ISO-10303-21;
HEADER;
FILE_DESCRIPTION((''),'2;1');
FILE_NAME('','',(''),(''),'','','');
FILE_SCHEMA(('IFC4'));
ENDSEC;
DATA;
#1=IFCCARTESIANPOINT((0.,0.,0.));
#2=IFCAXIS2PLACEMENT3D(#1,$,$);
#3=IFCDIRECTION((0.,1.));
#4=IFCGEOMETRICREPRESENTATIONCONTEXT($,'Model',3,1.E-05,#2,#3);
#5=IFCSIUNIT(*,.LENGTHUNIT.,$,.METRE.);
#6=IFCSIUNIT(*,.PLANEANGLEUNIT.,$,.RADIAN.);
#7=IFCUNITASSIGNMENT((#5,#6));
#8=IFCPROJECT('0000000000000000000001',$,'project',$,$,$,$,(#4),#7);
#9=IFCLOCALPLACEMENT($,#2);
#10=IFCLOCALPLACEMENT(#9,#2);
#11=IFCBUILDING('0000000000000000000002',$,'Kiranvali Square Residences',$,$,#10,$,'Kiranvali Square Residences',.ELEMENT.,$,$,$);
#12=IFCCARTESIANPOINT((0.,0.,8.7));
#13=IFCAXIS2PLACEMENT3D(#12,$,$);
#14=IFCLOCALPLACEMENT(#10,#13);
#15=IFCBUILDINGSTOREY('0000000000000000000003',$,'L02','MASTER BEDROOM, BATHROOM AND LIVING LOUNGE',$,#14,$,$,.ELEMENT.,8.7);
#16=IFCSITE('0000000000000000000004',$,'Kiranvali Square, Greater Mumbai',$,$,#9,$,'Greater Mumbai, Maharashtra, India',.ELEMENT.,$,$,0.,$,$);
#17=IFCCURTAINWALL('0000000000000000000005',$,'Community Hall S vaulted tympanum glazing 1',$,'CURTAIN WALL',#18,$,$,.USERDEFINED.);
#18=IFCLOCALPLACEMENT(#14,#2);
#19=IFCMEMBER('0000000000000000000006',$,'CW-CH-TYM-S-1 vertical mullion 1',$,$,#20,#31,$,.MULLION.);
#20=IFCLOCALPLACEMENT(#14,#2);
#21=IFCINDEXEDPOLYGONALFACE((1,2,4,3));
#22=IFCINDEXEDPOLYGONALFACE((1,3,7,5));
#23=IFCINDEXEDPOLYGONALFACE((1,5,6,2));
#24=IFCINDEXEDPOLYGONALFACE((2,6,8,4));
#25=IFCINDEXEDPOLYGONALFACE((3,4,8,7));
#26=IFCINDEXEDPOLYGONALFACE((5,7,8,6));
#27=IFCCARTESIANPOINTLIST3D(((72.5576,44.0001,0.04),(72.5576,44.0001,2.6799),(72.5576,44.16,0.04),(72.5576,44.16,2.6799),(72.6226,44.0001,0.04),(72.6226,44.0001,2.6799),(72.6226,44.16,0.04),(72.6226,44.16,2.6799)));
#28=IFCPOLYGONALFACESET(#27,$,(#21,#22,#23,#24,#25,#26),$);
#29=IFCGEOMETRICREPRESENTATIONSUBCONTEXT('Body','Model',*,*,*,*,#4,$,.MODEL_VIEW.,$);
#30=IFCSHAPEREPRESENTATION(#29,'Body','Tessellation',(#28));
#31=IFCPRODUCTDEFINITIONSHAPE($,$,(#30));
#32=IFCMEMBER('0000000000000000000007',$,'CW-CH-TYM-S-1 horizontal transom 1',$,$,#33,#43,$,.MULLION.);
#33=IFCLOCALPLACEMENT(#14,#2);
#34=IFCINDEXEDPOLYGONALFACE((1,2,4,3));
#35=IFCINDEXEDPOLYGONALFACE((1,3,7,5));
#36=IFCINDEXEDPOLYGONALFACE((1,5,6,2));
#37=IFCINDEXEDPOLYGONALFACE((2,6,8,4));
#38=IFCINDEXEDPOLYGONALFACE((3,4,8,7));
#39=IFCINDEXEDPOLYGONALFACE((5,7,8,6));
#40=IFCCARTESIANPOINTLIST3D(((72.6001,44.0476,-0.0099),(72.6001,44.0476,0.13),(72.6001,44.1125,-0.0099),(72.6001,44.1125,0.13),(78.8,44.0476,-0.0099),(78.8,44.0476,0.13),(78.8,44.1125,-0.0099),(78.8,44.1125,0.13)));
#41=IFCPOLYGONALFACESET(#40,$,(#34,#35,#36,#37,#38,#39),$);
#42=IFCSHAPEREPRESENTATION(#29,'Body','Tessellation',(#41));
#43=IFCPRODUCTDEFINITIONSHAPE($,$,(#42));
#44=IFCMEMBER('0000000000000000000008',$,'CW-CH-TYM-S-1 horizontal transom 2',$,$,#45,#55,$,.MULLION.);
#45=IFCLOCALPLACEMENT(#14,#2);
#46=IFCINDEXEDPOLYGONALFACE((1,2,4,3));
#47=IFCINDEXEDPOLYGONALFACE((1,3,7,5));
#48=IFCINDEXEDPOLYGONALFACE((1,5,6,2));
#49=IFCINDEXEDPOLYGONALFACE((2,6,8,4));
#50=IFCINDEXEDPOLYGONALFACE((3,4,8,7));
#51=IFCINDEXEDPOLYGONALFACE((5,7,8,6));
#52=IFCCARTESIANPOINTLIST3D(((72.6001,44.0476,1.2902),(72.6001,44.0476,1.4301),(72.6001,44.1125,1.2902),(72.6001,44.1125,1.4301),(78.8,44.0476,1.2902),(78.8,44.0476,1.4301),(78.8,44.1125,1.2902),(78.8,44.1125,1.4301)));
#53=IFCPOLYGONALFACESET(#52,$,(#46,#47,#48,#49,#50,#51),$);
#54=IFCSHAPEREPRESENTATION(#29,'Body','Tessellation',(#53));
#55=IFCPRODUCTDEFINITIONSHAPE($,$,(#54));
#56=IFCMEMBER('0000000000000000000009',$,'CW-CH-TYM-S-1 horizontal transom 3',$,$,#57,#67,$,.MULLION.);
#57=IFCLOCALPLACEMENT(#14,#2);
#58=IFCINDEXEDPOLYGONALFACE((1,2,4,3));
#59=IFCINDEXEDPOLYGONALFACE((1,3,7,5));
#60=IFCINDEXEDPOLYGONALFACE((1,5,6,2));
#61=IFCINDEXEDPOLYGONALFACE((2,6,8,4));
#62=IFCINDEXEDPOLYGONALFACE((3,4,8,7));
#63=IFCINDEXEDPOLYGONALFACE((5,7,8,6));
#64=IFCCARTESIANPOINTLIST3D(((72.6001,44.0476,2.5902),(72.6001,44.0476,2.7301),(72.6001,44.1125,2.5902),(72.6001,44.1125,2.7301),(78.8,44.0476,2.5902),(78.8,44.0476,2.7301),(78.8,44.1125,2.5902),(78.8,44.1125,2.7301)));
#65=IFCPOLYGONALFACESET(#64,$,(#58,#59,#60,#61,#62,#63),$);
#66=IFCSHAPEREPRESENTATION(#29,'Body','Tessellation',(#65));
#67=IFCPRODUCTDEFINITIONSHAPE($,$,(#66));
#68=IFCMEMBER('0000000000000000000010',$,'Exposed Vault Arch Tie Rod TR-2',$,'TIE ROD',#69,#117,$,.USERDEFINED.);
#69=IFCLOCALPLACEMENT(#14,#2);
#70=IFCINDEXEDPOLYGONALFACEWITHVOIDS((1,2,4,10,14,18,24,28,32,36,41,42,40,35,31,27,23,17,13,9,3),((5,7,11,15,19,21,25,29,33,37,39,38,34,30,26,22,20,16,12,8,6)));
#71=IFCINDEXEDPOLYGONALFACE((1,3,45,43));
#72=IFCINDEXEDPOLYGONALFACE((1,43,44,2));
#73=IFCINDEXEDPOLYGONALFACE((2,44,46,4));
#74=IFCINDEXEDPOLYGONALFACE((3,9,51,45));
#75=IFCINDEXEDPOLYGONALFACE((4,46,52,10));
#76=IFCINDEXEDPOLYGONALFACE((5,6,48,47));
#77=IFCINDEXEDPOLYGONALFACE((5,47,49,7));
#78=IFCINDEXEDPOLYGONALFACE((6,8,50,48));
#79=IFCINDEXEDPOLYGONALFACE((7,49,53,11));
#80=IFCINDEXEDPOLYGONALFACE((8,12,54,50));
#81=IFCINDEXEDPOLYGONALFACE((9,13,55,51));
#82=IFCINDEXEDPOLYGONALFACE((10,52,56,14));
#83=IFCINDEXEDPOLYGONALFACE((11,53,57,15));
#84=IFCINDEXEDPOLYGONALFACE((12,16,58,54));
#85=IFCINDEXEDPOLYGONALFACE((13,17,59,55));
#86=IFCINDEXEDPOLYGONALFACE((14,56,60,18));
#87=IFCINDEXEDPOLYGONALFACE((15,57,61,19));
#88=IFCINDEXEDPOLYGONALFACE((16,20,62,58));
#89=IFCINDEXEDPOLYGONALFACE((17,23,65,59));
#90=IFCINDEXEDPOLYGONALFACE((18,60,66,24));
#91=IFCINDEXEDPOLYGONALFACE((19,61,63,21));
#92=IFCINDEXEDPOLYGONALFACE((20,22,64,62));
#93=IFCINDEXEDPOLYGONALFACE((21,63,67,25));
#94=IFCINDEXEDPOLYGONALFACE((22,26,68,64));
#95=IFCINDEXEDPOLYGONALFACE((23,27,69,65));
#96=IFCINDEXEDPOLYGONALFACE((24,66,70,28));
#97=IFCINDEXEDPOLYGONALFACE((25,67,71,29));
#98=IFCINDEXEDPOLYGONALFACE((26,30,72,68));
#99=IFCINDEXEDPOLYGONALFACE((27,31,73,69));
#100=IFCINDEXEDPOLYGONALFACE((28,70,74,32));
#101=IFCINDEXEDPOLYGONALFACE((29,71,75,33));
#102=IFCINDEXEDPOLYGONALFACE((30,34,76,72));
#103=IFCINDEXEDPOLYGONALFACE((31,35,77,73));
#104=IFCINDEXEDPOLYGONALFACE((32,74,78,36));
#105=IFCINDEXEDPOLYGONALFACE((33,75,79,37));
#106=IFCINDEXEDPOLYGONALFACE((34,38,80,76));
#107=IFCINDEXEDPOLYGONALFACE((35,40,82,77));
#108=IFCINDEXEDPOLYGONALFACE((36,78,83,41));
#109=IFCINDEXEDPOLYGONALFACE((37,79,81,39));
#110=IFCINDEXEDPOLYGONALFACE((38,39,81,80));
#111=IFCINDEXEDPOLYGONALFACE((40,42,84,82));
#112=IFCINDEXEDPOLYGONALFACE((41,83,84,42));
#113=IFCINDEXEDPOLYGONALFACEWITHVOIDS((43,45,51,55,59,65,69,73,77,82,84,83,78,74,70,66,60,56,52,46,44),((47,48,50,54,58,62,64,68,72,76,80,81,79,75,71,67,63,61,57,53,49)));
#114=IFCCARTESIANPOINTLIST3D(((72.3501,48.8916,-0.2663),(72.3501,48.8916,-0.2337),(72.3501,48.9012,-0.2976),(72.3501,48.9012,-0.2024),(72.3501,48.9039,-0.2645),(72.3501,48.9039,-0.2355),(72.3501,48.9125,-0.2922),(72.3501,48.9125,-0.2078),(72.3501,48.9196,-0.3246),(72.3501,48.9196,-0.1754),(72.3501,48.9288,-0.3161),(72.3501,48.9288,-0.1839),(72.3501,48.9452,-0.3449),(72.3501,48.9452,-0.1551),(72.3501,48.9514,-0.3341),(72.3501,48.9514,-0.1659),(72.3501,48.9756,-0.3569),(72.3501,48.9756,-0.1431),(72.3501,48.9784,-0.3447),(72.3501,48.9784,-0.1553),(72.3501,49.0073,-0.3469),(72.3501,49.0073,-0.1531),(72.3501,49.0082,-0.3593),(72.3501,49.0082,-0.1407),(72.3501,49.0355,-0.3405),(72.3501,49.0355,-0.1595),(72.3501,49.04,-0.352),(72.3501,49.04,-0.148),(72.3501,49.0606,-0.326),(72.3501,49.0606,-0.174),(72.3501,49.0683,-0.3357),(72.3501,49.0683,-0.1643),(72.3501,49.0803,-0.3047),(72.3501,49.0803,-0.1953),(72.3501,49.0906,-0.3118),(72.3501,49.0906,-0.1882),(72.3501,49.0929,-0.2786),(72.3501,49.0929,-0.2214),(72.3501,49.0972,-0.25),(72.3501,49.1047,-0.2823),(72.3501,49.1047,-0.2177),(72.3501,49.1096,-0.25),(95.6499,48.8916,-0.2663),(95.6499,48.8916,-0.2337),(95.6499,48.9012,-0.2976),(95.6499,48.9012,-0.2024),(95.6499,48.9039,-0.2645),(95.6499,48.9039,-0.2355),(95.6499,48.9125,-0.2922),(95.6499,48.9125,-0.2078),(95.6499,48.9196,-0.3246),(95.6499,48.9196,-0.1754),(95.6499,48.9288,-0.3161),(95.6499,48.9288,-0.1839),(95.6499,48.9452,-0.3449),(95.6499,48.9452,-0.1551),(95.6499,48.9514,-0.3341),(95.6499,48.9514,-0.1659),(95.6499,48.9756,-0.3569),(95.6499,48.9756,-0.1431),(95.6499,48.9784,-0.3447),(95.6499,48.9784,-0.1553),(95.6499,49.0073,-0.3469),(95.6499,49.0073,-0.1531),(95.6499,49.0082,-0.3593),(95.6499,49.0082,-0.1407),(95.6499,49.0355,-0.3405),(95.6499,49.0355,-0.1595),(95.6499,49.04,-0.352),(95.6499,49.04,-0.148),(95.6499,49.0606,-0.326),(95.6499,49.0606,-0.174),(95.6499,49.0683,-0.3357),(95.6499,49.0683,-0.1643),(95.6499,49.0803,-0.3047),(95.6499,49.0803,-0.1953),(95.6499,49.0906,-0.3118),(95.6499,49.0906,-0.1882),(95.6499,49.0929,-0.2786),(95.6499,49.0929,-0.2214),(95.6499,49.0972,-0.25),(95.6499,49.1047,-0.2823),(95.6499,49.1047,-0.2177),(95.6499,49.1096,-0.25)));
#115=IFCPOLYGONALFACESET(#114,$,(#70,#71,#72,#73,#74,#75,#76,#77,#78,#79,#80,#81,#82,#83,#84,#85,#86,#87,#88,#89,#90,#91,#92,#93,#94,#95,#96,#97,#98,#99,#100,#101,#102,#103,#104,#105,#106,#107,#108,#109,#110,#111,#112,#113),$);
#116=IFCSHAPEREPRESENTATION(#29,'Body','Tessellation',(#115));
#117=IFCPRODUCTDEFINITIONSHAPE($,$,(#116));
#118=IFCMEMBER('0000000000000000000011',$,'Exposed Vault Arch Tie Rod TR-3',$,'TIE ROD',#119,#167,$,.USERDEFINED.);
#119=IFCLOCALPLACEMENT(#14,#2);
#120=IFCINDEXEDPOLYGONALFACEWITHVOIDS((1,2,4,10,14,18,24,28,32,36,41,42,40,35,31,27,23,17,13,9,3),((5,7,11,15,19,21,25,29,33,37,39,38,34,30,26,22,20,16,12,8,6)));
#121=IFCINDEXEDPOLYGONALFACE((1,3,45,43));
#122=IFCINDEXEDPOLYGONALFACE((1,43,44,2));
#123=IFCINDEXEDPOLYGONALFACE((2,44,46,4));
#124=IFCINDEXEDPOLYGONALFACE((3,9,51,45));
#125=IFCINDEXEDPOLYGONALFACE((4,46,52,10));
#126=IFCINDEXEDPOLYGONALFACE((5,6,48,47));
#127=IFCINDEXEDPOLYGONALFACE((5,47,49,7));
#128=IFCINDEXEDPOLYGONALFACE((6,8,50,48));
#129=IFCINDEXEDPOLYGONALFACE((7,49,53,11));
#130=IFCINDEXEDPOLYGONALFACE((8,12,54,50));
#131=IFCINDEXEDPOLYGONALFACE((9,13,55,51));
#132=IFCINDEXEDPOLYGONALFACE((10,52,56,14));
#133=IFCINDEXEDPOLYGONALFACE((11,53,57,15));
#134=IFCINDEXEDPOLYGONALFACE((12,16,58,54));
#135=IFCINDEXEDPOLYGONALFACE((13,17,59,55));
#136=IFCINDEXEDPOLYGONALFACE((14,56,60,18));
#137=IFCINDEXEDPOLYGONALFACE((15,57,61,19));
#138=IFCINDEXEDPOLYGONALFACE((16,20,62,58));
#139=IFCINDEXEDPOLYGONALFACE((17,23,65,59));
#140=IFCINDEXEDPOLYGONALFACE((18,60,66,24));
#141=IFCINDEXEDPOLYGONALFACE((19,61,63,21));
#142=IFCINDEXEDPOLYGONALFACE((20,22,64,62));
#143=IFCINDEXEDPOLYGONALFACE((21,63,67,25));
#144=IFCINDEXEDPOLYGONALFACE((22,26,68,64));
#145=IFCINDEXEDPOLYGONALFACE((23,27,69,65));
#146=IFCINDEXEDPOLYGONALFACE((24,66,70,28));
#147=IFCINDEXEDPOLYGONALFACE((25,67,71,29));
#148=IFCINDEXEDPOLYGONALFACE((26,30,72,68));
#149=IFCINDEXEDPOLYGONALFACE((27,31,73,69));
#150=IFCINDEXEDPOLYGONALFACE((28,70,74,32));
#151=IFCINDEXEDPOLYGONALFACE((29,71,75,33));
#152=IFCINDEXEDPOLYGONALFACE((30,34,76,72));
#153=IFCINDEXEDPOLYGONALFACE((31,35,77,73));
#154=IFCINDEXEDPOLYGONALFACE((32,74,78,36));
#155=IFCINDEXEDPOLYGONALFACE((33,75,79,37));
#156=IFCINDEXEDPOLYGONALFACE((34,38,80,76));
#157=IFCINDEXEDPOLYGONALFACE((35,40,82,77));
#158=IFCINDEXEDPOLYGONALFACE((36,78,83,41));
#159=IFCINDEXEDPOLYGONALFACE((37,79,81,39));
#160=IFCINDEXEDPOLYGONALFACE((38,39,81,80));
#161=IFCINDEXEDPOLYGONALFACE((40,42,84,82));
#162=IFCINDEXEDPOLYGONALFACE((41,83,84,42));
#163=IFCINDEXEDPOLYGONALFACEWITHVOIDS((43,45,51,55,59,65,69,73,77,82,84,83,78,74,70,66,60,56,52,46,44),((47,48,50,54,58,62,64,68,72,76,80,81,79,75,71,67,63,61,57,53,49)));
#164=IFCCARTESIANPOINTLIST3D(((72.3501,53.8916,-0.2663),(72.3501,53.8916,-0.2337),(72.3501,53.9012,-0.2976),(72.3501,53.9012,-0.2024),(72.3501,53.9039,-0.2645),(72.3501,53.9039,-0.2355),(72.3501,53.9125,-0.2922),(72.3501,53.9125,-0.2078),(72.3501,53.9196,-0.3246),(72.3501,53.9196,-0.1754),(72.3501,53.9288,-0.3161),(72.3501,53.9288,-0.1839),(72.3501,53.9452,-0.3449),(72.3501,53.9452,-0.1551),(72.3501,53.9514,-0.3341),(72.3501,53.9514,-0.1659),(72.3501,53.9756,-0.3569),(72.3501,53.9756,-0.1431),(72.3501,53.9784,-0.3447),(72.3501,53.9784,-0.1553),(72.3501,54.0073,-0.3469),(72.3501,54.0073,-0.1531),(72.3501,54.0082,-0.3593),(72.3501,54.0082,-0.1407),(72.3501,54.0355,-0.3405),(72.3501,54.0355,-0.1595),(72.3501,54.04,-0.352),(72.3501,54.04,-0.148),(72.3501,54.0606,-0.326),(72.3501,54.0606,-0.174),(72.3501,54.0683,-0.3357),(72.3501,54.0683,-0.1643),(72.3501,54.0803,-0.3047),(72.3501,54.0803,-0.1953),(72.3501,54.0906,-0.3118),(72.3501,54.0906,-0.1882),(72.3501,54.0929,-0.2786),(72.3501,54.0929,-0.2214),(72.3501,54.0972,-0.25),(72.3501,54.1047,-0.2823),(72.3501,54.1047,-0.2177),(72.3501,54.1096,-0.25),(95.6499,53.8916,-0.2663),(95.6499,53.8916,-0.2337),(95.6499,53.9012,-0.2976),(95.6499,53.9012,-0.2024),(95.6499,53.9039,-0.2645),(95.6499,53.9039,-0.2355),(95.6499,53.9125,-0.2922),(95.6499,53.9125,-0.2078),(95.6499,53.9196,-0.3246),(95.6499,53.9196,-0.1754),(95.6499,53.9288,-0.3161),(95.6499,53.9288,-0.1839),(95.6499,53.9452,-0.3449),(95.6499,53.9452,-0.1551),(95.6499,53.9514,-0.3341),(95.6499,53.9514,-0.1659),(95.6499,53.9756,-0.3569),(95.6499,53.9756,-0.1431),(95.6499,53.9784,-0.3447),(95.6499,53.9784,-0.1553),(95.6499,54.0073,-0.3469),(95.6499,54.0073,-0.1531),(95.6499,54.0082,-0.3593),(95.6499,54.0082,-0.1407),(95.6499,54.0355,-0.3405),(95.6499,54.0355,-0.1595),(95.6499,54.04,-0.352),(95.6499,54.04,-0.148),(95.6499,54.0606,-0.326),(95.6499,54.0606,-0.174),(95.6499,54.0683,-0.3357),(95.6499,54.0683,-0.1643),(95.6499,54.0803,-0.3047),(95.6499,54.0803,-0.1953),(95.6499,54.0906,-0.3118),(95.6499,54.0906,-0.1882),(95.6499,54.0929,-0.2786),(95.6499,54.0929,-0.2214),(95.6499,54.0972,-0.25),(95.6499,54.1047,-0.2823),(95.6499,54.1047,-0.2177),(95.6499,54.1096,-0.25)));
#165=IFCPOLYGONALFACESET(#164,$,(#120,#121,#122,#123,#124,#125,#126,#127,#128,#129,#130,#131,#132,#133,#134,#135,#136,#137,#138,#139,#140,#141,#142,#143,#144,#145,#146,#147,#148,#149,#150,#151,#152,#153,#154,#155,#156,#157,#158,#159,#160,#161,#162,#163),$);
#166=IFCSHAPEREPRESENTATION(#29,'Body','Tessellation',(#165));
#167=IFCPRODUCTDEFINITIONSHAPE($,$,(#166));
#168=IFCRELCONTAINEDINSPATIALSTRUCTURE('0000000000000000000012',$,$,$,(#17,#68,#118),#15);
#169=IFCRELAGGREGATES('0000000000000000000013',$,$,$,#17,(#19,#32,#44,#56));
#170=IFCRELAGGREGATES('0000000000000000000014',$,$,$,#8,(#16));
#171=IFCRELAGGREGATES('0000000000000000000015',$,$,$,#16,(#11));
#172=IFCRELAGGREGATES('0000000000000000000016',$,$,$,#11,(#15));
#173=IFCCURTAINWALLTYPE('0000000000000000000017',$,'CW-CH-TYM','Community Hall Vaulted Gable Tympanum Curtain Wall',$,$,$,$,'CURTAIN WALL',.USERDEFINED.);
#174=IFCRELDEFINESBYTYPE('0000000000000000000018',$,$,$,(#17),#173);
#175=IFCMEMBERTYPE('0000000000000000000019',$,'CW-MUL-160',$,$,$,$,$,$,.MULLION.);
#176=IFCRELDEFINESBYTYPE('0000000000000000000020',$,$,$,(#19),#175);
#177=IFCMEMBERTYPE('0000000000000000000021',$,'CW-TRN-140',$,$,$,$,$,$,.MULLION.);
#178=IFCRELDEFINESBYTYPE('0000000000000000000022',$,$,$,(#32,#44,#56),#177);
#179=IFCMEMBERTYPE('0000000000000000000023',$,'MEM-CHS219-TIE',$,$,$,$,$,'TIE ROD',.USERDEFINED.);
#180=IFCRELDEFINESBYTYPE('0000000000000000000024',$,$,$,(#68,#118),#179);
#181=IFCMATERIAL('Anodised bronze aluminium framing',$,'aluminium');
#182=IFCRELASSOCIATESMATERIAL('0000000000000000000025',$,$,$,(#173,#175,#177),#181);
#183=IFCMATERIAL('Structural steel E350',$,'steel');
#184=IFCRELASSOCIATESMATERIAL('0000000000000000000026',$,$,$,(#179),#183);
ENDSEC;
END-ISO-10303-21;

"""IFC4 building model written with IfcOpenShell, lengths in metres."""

from ifc_helpers import new_model, si_unit, direction, frame, origin, origin_2d, place, context, subcontext, project, spatial, rectangle, hollow_circle, extrude, material, material_profile, profile_set, type_object, element, aggregate, save


model = new_model("IFC4")

# Units and contexts
model_context = context("Model", 3, precision=1e-05, world=origin(), true_north=direction((0.0, 1.0)))
body_context = subcontext(model_context, "Body", "Model", "MODEL_VIEW")
ifc_project = project(units=[si_unit("LENGTHUNIT", "METRE"), si_unit("PLANEANGLEUNIT", "RADIAN")], contexts=[model_context])

# Site, building, storey
site_placement = place(None, origin())
site = spatial("IfcSite", under=ifc_project, at=site_placement, Name="Kiranvali Square, Greater Mumbai", LongName="Greater Mumbai, Maharashtra, India", CompositionType="ELEMENT", RefElevation=0.0)
building_placement = place(site_placement, origin())
building = spatial("IfcBuilding", under=site, at=building_placement, Name="Kiranvali Square Residences", LongName="Kiranvali Square Residences", CompositionType="ELEMENT")
storey_placement = place(building_placement, frame((0.0, 0.0, 8.7)))
storey = spatial("IfcBuildingStorey", under=building, at=storey_placement, Name="L02", Description="MASTER BEDROOM, BATHROOM AND LIVING LOUNGE", CompositionType="ELEMENT", Elevation=8.7)

# Curtain wall, members
ifc_material_1 = material(Name="Anodised bronze aluminium framing", Category="aluminium")
curtain_wall_type = type_object("IfcCurtainWallType", Name="CW-CH-TYM", Description="Community Hall Vaulted Gable Tympanum Curtain Wall", ElementType="CURTAIN WALL", PredefinedType="USERDEFINED", material=ifc_material_1)
curtain_wall_placement = place(storey_placement, origin())
curtain_wall = element("IfcCurtainWall", 1, at=curtain_wall_placement, inside=storey, type_object=curtain_wall_type, Name="Community Hall S vaulted tympanum glazing 1", ObjectType="CURTAIN WALL", PredefinedType="USERDEFINED")
ifc_material_profile_1 = material_profile(ifc_material_1, rectangle(XDim=0.0649, YDim=0.1599, at=origin_2d()), Name="ALU 65x160")
ifc_profile_set_1 = profile_set([ifc_material_profile_1], Name="Anodised bronze aluminium framing")
member_type_1 = type_object("IfcMemberType", Name="CW-MUL-160", PredefinedType="MULLION", material=ifc_profile_set_1)
member_1_placement = place(storey_placement, frame((72.5901, 44.0801, 0.04), z_axis=(0.0, 0.0, 1.0), x_axis=(1.0, 0.0, 0.0)))
member_1 = element("IfcMember", 2, at=member_1_placement, type_object=member_type_1, Name="CW-CH-TYM-S-1 vertical mullion 1", PredefinedType="MULLION", context=body_context, shape_type="SweptSolid", body=[
    extrude(rectangle(XDim=0.0649, YDim=0.1599, at=origin_2d()), origin(), (0.0, 0.0, 1.0), 2.6399),
])
ifc_material_profile_2 = material_profile(ifc_material_1, rectangle(XDim=0.0649, YDim=0.1399, at=origin_2d()), Name="ALU 65x140")
ifc_profile_set_2 = profile_set([ifc_material_profile_2], Name="Anodised bronze aluminium framing")
member_type_2 = type_object("IfcMemberType", Name="CW-TRN-140", PredefinedType="MULLION", material=ifc_profile_set_2)
member_2_placement = place(storey_placement, frame((72.6001, 44.0801, 0.0601), z_axis=(1.0, 0.0, 0.0), x_axis=(0.0, 1.0, 0.0)))
member_2 = element("IfcMember", 3, at=member_2_placement, type_object=member_type_2, Name="CW-CH-TYM-S-1 horizontal transom 1", PredefinedType="MULLION", context=body_context, shape_type="SweptSolid", body=[
    extrude(rectangle(XDim=0.0649, YDim=0.1399, at=origin_2d()), origin(), (0.0, 0.0, 1.0), 6.2),
])
member_3_placement = place(storey_placement, frame((72.6001, 44.0801, 1.3601), z_axis=(1.0, 0.0, 0.0), x_axis=(0.0, 1.0, 0.0)))
member_3 = element("IfcMember", 4, at=member_3_placement, type_object=member_type_2, Name="CW-CH-TYM-S-1 horizontal transom 2", PredefinedType="MULLION", context=body_context, shape_type="SweptSolid", body=[
    extrude(rectangle(XDim=0.0649, YDim=0.1399, at=origin_2d()), origin(), (0.0, 0.0, 1.0), 6.2),
])
member_4_placement = place(storey_placement, frame((72.6001, 44.0801, 2.6602), z_axis=(1.0, 0.0, 0.0), x_axis=(0.0, 1.0, 0.0)))
member_4 = element("IfcMember", 5, at=member_4_placement, type_object=member_type_2, Name="CW-CH-TYM-S-1 horizontal transom 3", PredefinedType="MULLION", context=body_context, shape_type="SweptSolid", body=[
    extrude(rectangle(XDim=0.0649, YDim=0.1399, at=origin_2d()), origin(), (0.0, 0.0, 1.0), 6.2),
])

# Members
ifc_material_2 = material(Name="Structural steel E350", Category="steel")
ifc_material_profile_3 = material_profile(ifc_material_2, hollow_circle(Radius=0.1096, WallThickness=0.0125, at=origin_2d()), Name="CHS 219.1x12.5")
ifc_profile_set_3 = profile_set([ifc_material_profile_3], Name="Structural steel E350")
member_type_3 = type_object("IfcMemberType", Name="MEM-CHS219-TIE", ElementType="TIE ROD", PredefinedType="USERDEFINED", material=ifc_profile_set_3)
for number, where, z_axis, x_axis, name in (
    (6, (72.3501, 49.0, -0.25), (1.0, 0.0, 0.0), (0.0, 1.0, 0.0), "Exposed Vault Arch Tie Rod TR-2"),
    (7, (72.3501, 54.0, -0.25), (1.0, 0.0, 0.0), (0.0, 1.0, 0.0), "Exposed Vault Arch Tie Rod TR-3"),
):
    element("IfcMember", number, at=place(storey_placement, frame(where, z_axis=z_axis, x_axis=x_axis)), inside=storey, type_object=member_type_3, Name=name, ObjectType="TIE ROD", PredefinedType="USERDEFINED", context=body_context, shape_type="SweptSolid", body=[
        extrude(hollow_circle(Radius=0.1096, WallThickness=0.0125, at=origin_2d()), origin(), (0.0, 0.0, 1.0), 23.2998),
    ])

aggregate(curtain_wall, [member_1, member_2, member_3, member_4])

save(model, "model.ifc")
